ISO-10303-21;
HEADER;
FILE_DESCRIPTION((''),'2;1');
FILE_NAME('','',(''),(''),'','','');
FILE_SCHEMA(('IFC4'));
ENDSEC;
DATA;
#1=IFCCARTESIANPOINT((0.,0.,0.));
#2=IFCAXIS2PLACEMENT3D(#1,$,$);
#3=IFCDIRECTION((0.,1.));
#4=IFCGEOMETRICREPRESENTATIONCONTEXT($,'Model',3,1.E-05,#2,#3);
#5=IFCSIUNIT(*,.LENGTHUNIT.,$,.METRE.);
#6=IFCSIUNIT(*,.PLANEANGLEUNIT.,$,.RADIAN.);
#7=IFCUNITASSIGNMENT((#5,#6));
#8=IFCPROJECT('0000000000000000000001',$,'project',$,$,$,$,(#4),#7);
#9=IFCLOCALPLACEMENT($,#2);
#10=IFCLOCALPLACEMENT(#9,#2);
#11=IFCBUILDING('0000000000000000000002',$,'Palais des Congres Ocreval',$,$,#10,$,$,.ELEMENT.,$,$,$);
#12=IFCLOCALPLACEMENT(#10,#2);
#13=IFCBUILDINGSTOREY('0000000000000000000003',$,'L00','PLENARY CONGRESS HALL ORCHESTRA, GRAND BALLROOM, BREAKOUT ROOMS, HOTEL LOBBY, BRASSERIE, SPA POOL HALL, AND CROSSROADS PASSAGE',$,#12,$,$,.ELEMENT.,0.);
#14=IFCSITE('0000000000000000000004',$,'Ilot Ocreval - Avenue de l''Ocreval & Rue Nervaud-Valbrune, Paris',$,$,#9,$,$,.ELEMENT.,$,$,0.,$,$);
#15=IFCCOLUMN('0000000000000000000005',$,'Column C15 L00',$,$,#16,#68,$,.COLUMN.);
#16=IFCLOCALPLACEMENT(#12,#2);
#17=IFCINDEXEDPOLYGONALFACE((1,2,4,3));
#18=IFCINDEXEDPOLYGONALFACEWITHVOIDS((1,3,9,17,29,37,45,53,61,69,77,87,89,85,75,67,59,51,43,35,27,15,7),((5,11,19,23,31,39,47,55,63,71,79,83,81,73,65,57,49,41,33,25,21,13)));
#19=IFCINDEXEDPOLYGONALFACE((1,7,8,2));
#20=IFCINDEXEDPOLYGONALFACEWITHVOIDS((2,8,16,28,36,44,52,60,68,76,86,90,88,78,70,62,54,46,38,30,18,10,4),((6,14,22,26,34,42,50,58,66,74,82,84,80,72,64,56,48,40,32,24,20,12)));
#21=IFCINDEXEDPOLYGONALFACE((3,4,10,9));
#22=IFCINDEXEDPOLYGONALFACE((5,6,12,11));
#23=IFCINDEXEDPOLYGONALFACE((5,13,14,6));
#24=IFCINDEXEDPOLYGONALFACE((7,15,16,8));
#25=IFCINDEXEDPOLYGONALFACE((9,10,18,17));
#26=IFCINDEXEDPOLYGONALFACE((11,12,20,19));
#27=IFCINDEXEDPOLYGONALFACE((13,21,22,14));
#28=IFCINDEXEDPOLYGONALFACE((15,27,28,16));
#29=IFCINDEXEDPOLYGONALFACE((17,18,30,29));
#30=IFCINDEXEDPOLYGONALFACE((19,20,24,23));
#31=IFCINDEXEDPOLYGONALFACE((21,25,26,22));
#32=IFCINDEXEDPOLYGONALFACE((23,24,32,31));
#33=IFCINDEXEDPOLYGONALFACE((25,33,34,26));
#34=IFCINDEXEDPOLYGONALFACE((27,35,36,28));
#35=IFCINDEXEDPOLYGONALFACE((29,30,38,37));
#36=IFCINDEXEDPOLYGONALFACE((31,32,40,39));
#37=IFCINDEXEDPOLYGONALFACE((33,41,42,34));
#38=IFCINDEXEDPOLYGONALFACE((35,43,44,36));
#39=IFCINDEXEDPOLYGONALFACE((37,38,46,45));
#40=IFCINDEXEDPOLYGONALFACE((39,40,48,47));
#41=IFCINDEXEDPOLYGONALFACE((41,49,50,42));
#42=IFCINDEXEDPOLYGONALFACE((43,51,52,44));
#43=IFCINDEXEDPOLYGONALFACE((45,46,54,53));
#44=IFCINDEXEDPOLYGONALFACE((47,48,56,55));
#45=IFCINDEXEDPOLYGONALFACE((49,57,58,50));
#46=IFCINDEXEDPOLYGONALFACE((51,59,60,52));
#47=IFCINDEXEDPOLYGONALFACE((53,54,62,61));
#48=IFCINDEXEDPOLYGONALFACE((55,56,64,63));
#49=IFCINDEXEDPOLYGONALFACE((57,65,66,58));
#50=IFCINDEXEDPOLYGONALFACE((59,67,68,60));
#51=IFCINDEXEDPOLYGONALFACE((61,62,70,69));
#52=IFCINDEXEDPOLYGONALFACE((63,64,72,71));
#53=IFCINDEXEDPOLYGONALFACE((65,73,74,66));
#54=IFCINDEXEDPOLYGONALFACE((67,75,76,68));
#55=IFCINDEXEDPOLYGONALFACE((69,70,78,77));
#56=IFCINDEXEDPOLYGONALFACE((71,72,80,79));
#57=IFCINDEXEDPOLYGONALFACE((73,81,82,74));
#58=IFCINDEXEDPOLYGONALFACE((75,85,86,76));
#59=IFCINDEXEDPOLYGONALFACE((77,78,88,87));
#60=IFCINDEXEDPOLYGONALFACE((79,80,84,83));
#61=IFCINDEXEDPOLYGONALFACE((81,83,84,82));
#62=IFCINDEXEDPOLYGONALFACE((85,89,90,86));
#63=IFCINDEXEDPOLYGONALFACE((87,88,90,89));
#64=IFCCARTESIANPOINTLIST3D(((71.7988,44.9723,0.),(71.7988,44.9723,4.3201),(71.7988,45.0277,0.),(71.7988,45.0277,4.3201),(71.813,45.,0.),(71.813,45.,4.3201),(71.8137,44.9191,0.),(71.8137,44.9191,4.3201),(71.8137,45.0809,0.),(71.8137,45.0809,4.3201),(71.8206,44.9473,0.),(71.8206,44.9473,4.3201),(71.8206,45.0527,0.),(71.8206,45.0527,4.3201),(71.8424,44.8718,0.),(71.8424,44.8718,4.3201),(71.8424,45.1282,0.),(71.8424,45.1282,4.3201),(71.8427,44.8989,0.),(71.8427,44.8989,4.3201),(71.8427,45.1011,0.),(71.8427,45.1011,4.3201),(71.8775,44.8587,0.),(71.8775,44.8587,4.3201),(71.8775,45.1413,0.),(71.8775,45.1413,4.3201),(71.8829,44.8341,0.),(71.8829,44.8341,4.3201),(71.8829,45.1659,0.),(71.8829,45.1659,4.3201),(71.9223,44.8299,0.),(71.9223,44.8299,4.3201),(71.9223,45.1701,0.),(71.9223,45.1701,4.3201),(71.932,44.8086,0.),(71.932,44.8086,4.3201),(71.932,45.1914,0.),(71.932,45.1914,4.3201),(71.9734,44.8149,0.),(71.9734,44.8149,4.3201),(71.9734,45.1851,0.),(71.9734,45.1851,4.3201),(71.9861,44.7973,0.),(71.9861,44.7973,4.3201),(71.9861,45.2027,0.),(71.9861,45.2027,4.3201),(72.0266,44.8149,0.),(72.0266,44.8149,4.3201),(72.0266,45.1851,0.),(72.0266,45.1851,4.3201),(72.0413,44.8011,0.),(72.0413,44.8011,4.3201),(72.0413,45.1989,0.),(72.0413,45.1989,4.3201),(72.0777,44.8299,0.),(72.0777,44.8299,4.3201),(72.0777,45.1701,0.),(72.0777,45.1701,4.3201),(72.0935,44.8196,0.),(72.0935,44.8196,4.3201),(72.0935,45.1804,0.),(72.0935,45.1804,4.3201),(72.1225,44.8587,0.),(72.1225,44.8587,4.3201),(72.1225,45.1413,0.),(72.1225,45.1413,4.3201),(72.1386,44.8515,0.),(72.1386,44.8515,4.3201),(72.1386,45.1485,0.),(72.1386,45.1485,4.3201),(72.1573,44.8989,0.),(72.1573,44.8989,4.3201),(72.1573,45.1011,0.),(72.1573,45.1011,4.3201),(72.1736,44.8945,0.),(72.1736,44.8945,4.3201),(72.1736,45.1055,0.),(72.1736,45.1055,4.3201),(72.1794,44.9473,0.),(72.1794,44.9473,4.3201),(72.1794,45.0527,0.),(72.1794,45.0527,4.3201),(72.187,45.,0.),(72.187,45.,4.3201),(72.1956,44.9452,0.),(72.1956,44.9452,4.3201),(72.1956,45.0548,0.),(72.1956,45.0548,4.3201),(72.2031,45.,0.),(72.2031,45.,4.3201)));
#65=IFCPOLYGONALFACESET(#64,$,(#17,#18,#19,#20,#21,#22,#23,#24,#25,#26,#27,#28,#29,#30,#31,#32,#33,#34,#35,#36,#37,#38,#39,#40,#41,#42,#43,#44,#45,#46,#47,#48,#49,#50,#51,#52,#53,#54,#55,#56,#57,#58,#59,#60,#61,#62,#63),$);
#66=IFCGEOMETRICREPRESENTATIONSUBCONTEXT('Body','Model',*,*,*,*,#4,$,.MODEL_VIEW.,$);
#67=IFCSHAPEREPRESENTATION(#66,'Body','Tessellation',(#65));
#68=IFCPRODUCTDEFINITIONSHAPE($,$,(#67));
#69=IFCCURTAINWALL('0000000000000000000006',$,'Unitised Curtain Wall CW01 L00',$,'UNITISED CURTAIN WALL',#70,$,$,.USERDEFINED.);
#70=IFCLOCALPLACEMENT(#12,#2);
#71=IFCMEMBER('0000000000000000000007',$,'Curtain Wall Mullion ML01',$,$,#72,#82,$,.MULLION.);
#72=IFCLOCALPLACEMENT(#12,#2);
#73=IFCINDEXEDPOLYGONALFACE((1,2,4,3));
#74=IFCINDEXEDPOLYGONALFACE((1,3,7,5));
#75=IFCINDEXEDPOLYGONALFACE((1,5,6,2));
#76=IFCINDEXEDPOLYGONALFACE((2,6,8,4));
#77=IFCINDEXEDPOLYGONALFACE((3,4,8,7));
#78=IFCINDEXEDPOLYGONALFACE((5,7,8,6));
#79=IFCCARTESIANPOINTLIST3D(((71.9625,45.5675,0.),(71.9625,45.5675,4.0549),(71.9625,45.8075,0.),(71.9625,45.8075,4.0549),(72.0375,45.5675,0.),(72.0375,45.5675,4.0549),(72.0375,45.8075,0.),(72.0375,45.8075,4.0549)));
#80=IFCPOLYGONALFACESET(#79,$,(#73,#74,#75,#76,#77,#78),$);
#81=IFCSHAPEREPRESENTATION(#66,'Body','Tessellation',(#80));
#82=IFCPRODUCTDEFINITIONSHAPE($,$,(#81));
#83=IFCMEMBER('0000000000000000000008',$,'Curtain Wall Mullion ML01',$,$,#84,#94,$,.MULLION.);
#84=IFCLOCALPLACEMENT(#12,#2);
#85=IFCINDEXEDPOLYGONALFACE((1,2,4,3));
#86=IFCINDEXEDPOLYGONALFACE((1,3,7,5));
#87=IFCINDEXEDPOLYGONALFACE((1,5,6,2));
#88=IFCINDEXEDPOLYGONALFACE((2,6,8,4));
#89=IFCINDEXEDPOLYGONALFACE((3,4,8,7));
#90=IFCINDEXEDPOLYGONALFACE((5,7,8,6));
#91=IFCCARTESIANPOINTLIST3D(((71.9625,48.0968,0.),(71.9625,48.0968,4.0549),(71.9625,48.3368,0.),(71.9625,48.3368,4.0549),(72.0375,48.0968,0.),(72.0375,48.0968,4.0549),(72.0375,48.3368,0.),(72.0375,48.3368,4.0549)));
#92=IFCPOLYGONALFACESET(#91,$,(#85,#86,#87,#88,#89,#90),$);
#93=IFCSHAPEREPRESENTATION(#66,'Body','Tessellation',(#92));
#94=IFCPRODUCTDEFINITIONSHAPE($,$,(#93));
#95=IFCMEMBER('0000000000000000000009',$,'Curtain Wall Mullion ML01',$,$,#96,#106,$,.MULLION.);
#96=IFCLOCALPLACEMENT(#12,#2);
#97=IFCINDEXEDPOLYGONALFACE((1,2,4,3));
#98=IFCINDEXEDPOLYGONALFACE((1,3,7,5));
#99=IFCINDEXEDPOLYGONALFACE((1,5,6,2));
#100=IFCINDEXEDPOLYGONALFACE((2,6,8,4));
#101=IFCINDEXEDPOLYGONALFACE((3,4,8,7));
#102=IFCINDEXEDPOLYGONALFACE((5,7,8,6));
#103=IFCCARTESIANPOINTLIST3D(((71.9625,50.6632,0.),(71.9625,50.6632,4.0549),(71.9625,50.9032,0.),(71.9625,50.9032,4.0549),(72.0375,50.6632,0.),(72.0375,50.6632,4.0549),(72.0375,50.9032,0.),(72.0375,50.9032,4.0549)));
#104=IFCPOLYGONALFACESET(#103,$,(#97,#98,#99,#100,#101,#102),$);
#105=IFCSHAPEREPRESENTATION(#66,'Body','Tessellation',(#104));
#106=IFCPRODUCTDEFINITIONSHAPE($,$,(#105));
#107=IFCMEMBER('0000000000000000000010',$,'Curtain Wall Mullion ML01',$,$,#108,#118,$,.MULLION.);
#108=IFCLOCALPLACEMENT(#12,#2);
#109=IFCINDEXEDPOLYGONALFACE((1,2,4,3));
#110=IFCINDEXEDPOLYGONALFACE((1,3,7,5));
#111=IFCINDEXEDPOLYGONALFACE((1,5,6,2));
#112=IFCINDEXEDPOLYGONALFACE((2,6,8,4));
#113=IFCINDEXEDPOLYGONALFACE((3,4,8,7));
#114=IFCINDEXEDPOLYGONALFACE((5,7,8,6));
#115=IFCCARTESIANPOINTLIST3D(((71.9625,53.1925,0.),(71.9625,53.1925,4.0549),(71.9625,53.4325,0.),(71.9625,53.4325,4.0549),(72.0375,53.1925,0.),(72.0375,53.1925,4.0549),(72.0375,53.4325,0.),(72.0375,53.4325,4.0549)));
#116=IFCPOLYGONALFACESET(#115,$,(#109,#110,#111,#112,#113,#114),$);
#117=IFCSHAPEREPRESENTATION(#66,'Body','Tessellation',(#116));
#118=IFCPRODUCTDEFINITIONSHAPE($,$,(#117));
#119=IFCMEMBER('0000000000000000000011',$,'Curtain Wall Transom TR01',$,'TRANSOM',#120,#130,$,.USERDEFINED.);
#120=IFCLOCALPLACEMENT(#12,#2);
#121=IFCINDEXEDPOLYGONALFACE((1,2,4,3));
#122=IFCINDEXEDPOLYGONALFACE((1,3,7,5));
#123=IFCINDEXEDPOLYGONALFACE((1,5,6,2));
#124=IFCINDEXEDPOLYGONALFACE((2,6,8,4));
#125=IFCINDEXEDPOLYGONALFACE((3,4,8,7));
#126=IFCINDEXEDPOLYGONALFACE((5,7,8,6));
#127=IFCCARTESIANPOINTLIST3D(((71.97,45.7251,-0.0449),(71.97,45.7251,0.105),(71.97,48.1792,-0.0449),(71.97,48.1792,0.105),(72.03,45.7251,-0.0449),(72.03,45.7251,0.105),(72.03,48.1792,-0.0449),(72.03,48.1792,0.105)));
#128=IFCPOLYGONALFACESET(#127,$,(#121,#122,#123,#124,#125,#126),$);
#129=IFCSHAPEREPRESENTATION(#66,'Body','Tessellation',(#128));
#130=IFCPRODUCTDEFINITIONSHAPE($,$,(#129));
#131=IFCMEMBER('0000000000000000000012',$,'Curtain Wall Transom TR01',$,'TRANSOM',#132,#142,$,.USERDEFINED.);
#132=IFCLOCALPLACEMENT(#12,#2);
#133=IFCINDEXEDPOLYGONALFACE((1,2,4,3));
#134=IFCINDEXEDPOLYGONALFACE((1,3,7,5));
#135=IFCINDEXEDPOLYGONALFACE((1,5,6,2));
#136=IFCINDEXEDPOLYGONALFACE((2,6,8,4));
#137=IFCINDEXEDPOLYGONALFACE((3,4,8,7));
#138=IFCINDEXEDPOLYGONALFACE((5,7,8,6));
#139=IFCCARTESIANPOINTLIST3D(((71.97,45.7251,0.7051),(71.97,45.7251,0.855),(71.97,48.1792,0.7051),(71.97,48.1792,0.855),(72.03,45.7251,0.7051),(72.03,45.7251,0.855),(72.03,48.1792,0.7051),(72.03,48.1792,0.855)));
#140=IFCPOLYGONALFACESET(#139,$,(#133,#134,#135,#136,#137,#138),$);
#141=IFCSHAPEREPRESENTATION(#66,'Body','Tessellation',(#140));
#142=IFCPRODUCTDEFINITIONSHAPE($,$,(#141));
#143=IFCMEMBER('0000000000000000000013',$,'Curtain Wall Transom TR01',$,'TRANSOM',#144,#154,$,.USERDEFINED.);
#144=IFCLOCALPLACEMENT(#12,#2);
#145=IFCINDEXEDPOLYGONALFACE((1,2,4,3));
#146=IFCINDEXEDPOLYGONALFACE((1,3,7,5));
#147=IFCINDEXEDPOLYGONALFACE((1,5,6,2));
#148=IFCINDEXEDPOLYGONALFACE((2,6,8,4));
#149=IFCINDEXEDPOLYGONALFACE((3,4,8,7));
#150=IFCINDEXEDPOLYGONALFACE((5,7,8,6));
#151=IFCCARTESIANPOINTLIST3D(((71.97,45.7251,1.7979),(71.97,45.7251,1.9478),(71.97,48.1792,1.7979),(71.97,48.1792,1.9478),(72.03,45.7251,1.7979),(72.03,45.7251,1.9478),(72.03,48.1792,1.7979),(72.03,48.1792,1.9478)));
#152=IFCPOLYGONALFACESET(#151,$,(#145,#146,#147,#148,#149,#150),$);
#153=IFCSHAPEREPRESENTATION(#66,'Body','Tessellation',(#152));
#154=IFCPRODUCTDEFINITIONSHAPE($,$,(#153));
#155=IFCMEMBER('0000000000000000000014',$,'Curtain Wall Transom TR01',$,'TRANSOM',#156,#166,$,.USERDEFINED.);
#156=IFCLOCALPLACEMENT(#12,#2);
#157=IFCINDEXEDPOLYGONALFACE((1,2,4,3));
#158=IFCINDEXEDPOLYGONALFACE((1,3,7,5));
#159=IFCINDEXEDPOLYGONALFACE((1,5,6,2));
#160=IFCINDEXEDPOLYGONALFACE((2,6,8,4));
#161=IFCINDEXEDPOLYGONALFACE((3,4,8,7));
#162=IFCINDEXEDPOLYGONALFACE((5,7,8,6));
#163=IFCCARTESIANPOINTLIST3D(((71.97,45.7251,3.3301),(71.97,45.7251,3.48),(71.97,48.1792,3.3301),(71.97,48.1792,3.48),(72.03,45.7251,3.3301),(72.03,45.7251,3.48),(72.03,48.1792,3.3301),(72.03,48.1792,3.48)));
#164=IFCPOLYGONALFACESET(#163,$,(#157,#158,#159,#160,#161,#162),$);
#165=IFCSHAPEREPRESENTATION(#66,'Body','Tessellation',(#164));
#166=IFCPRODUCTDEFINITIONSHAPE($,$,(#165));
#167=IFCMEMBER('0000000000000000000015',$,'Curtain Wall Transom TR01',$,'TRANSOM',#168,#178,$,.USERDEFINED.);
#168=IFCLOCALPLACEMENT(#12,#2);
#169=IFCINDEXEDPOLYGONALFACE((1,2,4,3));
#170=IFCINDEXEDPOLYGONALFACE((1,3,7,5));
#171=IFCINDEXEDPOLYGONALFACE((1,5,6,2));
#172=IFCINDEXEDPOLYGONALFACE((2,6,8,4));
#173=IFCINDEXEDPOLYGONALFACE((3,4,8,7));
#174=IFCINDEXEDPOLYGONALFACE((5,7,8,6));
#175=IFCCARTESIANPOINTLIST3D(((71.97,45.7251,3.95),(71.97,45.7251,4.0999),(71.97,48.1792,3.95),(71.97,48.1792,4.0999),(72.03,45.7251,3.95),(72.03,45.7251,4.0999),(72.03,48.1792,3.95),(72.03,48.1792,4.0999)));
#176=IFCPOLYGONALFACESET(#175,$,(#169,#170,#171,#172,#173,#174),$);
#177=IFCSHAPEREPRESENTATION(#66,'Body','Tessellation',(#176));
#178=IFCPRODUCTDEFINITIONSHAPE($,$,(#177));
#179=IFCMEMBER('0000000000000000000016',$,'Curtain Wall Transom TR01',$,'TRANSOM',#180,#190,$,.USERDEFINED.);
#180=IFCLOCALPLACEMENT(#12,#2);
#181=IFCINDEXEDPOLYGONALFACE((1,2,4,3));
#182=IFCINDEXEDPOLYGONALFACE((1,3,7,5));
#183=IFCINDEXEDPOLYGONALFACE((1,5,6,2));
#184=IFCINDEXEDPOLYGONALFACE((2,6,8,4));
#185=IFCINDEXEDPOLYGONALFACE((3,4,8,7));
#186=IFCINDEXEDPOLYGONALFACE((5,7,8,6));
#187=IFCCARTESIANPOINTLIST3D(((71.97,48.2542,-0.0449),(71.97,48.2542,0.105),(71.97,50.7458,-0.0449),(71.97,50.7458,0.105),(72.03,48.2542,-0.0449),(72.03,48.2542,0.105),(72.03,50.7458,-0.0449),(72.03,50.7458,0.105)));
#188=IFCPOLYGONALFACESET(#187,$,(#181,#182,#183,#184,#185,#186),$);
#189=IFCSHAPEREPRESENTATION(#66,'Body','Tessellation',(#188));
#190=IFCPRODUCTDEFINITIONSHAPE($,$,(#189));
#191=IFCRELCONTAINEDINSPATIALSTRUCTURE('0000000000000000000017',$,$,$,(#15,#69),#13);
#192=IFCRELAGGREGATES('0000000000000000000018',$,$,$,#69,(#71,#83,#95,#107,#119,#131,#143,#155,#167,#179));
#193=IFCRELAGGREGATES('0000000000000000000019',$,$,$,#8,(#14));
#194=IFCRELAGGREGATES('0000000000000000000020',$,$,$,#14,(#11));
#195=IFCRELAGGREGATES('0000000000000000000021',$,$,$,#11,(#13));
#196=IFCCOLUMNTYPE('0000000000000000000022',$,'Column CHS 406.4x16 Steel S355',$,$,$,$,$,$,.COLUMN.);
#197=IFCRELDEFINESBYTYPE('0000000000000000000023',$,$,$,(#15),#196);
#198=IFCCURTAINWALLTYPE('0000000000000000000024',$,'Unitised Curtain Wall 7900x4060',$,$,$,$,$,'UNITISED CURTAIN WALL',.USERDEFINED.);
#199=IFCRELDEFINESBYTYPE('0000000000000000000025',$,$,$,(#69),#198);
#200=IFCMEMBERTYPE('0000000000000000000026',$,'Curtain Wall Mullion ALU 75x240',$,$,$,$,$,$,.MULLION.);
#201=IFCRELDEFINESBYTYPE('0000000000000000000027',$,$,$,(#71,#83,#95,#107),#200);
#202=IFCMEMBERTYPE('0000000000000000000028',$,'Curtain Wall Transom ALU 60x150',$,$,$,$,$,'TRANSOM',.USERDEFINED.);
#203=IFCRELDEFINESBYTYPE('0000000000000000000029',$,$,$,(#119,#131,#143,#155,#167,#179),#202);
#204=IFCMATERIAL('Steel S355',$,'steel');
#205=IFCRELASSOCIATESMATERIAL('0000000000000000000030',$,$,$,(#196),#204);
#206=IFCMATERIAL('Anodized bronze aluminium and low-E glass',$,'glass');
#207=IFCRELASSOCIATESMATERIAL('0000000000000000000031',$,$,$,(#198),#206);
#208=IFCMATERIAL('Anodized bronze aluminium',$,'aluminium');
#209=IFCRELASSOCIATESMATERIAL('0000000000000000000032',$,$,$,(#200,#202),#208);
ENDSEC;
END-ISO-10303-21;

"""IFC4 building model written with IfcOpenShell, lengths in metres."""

from ifc_helpers import new_model, si_unit, direction, frame, origin, origin_2d, place, context, subcontext, project, spatial, rectangle, hollow_circle, extrude, material, material_profile, profile_set, type_object, element, aggregate, save


model = new_model("IFC4")

# Units and contexts
model_context = context("Model", 3, precision=1e-05, world=origin(), true_north=direction((0.0, 1.0)))
body_context = subcontext(model_context, "Body", "Model", "MODEL_VIEW")
ifc_project = project(units=[si_unit("LENGTHUNIT", "METRE"), si_unit("PLANEANGLEUNIT", "RADIAN")], contexts=[model_context])

# Site, building, storey
site_placement = place(None, origin())
site = spatial("IfcSite", under=ifc_project, at=site_placement, Name="Ilot Ocreval - Avenue de l'Ocreval & Rue Nervaud-Valbrune, Paris", CompositionType="ELEMENT", RefElevation=0.0)
building_placement = place(site_placement, origin())
building = spatial("IfcBuilding", under=site, at=building_placement, Name="Palais des Congres Ocreval", CompositionType="ELEMENT")
storey_placement = place(building_placement, origin())
storey = spatial("IfcBuildingStorey", under=building, at=storey_placement, Name="L00", Description="PLENARY CONGRESS HALL ORCHESTRA, GRAND BALLROOM, BREAKOUT ROOMS, HOTEL LOBBY, BRASSERIE, SPA POOL HALL, AND CROSSROADS PASSAGE", CompositionType="ELEMENT", Elevation=0.0)

# Column
ifc_material_1 = material(Name="Steel S355", Category="steel")
ifc_material_profile_1 = material_profile(ifc_material_1, hollow_circle(Radius=0.2031, WallThickness=0.0161, at=origin_2d()), Name="CHS 406.4x16")
ifc_profile_set_1 = profile_set([ifc_material_profile_1], Name="Steel S355")
column_type = type_object("IfcColumnType", Name="Column CHS 406.4x16 Steel S355", PredefinedType="COLUMN", material=ifc_profile_set_1)
column_placement = place(storey_placement, frame((72.0, 45.0, 0.0), z_axis=(0.0, 0.0, 1.0), x_axis=(1.0, 0.0, 0.0)))
element("IfcColumn", 1, at=column_placement, inside=storey, type_object=column_type, Name="Column C15 L00", PredefinedType="COLUMN", context=body_context, shape_type="SweptSolid", body=[
    extrude(hollow_circle(Radius=0.2031, WallThickness=0.0161, at=origin_2d()), origin(), (0.0, 0.0, 1.0), 4.3201),
])

# Curtain wall, members
ifc_material_2 = material(Name="Anodized bronze aluminium and low-E glass", Category="glass")
curtain_wall_type = type_object("IfcCurtainWallType", Name="Unitised Curtain Wall 7900x4060", ElementType="UNITISED CURTAIN WALL", PredefinedType="USERDEFINED", material=ifc_material_2)
curtain_wall_placement = place(storey_placement, origin())
curtain_wall = element("IfcCurtainWall", 2, at=curtain_wall_placement, inside=storey, type_object=curtain_wall_type, Name="Unitised Curtain Wall CW01 L00", ObjectType="UNITISED CURTAIN WALL", PredefinedType="USERDEFINED")
ifc_material_3 = material(Name="Anodized bronze aluminium", Category="aluminium")
ifc_material_profile_2 = material_profile(ifc_material_3, rectangle(XDim=0.075, YDim=0.24, at=origin_2d()), Name="ALU 75x240")
ifc_profile_set_2 = profile_set([ifc_material_profile_2], Name="Anodized bronze aluminium")
member_type_1 = type_object("IfcMemberType", Name="Curtain Wall Mullion ALU 75x240", PredefinedType="MULLION", material=ifc_profile_set_2)
member_1_placement = place(storey_placement, frame((72.0, 45.6875, 0.0), z_axis=(0.0, 0.0, 1.0), x_axis=(-1.0, 0.0, 0.0)))
member_1 = element("IfcMember", 3, at=member_1_placement, type_object=member_type_1, Name="Curtain Wall Mullion ML01", PredefinedType="MULLION", context=body_context, shape_type="SweptSolid", body=[
    extrude(rectangle(XDim=0.075, YDim=0.24, at=origin_2d()), origin(), (0.0, 0.0, 1.0), 4.0549),
])
member_2_placement = place(storey_placement, frame((72.0, 48.2168, 0.0), z_axis=(0.0, 0.0, 1.0), x_axis=(-1.0, 0.0, 0.0)))
member_2 = element("IfcMember", 4, at=member_2_placement, type_object=member_type_1, Name="Curtain Wall Mullion ML01", PredefinedType="MULLION", context=body_context, shape_type="SweptSolid", body=[
    extrude(rectangle(XDim=0.075, YDim=0.24, at=origin_2d()), origin(), (0.0, 0.0, 1.0), 4.0549),
])
member_3_placement = place(storey_placement, frame((72.0, 50.7832, 0.0), z_axis=(0.0, 0.0, 1.0), x_axis=(-1.0, 0.0, 0.0)))
member_3 = element("IfcMember", 5, at=member_3_placement, type_object=member_type_1, Name="Curtain Wall Mullion ML01", PredefinedType="MULLION", context=body_context, shape_type="SweptSolid", body=[
    extrude(rectangle(XDim=0.075, YDim=0.24, at=origin_2d()), origin(), (0.0, 0.0, 1.0), 4.0549),
])
member_4_placement = place(storey_placement, frame((72.0, 53.3125, 0.0), z_axis=(0.0, 0.0, 1.0), x_axis=(-1.0, 0.0, 0.0)))
member_4 = element("IfcMember", 6, at=member_4_placement, type_object=member_type_1, Name="Curtain Wall Mullion ML01", PredefinedType="MULLION", context=body_context, shape_type="SweptSolid", body=[
    extrude(rectangle(XDim=0.075, YDim=0.24, at=origin_2d()), origin(), (0.0, 0.0, 1.0), 4.0549),
])
ifc_material_profile_3 = material_profile(ifc_material_3, rectangle(XDim=0.0601, YDim=0.1499, at=origin_2d()), Name="ALU 60x150")
ifc_profile_set_3 = profile_set([ifc_material_profile_3], Name="Anodized bronze aluminium")
member_type_2 = type_object("IfcMemberType", Name="Curtain Wall Transom ALU 60x150", ElementType="TRANSOM", PredefinedType="USERDEFINED", material=ifc_profile_set_3)
member_5_placement = place(storey_placement, frame((72.0, 45.7251, 0.03), z_axis=(0.0, 1.0, 0.0), x_axis=(-1.0, 0.0, 0.0)))
member_5 = element("IfcMember", 7, at=member_5_placement, type_object=member_type_2, Name="Curtain Wall Transom TR01", ObjectType="TRANSOM", PredefinedType="USERDEFINED", context=body_context, shape_type="SweptSolid", body=[
    extrude(rectangle(XDim=0.0601, YDim=0.1499, at=origin_2d()), origin(), (0.0, 0.0, 1.0), 2.4541),
])
member_6_placement = place(storey_placement, frame((72.0, 45.7251, 0.78), z_axis=(0.0, 1.0, 0.0), x_axis=(-1.0, 0.0, 0.0)))
member_6 = element("IfcMember", 8, at=member_6_placement, type_object=member_type_2, Name="Curtain Wall Transom TR01", ObjectType="TRANSOM", PredefinedType="USERDEFINED", context=body_context, shape_type="SweptSolid", body=[
    extrude(rectangle(XDim=0.0601, YDim=0.1499, at=origin_2d()), origin(), (0.0, 0.0, 1.0), 2.4541),
])
member_7_placement = place(storey_placement, frame((72.0, 45.7251, 1.8728), z_axis=(0.0, 1.0, 0.0), x_axis=(-1.0, 0.0, 0.0)))
member_7 = element("IfcMember", 9, at=member_7_placement, type_object=member_type_2, Name="Curtain Wall Transom TR01", ObjectType="TRANSOM", PredefinedType="USERDEFINED", context=body_context, shape_type="SweptSolid", body=[
    extrude(rectangle(XDim=0.0601, YDim=0.1499, at=origin_2d()), origin(), (0.0, 0.0, 1.0), 2.4541),
])
member_8_placement = place(storey_placement, frame((72.0, 45.7251, 3.405), z_axis=(0.0, 1.0, 0.0), x_axis=(-1.0, 0.0, 0.0)))
member_8 = element("IfcMember", 10, at=member_8_placement, type_object=member_type_2, Name="Curtain Wall Transom TR01", ObjectType="TRANSOM", PredefinedType="USERDEFINED", context=body_context, shape_type="SweptSolid", body=[
    extrude(rectangle(XDim=0.0601, YDim=0.1499, at=origin_2d()), origin(), (0.0, 0.0, 1.0), 2.4541),
])
member_9_placement = place(storey_placement, frame((72.0, 45.7251, 4.0249), z_axis=(0.0, 1.0, 0.0), x_axis=(-1.0, 0.0, 0.0)))
member_9 = element("IfcMember", 11, at=member_9_placement, type_object=member_type_2, Name="Curtain Wall Transom TR01", ObjectType="TRANSOM", PredefinedType="USERDEFINED", context=body_context, shape_type="SweptSolid", body=[
    extrude(rectangle(XDim=0.0601, YDim=0.1499, at=origin_2d()), origin(), (0.0, 0.0, 1.0), 2.4541),
])
member_10_placement = place(storey_placement, frame((72.0, 48.2542, 0.03), z_axis=(0.0, 1.0, 0.0), x_axis=(-1.0, 0.0, 0.0)))
member_10 = element("IfcMember", 12, at=member_10_placement, type_object=member_type_2, Name="Curtain Wall Transom TR01", ObjectType="TRANSOM", PredefinedType="USERDEFINED", context=body_context, shape_type="SweptSolid", body=[
    extrude(rectangle(XDim=0.0601, YDim=0.1499, at=origin_2d()), origin(), (0.0, 0.0, 1.0), 2.4917),
])

aggregate(curtain_wall, [member_1, member_2, member_3, member_4, member_5, member_6, member_7, member_8, member_9, member_10])

save(model, "model.ifc")
